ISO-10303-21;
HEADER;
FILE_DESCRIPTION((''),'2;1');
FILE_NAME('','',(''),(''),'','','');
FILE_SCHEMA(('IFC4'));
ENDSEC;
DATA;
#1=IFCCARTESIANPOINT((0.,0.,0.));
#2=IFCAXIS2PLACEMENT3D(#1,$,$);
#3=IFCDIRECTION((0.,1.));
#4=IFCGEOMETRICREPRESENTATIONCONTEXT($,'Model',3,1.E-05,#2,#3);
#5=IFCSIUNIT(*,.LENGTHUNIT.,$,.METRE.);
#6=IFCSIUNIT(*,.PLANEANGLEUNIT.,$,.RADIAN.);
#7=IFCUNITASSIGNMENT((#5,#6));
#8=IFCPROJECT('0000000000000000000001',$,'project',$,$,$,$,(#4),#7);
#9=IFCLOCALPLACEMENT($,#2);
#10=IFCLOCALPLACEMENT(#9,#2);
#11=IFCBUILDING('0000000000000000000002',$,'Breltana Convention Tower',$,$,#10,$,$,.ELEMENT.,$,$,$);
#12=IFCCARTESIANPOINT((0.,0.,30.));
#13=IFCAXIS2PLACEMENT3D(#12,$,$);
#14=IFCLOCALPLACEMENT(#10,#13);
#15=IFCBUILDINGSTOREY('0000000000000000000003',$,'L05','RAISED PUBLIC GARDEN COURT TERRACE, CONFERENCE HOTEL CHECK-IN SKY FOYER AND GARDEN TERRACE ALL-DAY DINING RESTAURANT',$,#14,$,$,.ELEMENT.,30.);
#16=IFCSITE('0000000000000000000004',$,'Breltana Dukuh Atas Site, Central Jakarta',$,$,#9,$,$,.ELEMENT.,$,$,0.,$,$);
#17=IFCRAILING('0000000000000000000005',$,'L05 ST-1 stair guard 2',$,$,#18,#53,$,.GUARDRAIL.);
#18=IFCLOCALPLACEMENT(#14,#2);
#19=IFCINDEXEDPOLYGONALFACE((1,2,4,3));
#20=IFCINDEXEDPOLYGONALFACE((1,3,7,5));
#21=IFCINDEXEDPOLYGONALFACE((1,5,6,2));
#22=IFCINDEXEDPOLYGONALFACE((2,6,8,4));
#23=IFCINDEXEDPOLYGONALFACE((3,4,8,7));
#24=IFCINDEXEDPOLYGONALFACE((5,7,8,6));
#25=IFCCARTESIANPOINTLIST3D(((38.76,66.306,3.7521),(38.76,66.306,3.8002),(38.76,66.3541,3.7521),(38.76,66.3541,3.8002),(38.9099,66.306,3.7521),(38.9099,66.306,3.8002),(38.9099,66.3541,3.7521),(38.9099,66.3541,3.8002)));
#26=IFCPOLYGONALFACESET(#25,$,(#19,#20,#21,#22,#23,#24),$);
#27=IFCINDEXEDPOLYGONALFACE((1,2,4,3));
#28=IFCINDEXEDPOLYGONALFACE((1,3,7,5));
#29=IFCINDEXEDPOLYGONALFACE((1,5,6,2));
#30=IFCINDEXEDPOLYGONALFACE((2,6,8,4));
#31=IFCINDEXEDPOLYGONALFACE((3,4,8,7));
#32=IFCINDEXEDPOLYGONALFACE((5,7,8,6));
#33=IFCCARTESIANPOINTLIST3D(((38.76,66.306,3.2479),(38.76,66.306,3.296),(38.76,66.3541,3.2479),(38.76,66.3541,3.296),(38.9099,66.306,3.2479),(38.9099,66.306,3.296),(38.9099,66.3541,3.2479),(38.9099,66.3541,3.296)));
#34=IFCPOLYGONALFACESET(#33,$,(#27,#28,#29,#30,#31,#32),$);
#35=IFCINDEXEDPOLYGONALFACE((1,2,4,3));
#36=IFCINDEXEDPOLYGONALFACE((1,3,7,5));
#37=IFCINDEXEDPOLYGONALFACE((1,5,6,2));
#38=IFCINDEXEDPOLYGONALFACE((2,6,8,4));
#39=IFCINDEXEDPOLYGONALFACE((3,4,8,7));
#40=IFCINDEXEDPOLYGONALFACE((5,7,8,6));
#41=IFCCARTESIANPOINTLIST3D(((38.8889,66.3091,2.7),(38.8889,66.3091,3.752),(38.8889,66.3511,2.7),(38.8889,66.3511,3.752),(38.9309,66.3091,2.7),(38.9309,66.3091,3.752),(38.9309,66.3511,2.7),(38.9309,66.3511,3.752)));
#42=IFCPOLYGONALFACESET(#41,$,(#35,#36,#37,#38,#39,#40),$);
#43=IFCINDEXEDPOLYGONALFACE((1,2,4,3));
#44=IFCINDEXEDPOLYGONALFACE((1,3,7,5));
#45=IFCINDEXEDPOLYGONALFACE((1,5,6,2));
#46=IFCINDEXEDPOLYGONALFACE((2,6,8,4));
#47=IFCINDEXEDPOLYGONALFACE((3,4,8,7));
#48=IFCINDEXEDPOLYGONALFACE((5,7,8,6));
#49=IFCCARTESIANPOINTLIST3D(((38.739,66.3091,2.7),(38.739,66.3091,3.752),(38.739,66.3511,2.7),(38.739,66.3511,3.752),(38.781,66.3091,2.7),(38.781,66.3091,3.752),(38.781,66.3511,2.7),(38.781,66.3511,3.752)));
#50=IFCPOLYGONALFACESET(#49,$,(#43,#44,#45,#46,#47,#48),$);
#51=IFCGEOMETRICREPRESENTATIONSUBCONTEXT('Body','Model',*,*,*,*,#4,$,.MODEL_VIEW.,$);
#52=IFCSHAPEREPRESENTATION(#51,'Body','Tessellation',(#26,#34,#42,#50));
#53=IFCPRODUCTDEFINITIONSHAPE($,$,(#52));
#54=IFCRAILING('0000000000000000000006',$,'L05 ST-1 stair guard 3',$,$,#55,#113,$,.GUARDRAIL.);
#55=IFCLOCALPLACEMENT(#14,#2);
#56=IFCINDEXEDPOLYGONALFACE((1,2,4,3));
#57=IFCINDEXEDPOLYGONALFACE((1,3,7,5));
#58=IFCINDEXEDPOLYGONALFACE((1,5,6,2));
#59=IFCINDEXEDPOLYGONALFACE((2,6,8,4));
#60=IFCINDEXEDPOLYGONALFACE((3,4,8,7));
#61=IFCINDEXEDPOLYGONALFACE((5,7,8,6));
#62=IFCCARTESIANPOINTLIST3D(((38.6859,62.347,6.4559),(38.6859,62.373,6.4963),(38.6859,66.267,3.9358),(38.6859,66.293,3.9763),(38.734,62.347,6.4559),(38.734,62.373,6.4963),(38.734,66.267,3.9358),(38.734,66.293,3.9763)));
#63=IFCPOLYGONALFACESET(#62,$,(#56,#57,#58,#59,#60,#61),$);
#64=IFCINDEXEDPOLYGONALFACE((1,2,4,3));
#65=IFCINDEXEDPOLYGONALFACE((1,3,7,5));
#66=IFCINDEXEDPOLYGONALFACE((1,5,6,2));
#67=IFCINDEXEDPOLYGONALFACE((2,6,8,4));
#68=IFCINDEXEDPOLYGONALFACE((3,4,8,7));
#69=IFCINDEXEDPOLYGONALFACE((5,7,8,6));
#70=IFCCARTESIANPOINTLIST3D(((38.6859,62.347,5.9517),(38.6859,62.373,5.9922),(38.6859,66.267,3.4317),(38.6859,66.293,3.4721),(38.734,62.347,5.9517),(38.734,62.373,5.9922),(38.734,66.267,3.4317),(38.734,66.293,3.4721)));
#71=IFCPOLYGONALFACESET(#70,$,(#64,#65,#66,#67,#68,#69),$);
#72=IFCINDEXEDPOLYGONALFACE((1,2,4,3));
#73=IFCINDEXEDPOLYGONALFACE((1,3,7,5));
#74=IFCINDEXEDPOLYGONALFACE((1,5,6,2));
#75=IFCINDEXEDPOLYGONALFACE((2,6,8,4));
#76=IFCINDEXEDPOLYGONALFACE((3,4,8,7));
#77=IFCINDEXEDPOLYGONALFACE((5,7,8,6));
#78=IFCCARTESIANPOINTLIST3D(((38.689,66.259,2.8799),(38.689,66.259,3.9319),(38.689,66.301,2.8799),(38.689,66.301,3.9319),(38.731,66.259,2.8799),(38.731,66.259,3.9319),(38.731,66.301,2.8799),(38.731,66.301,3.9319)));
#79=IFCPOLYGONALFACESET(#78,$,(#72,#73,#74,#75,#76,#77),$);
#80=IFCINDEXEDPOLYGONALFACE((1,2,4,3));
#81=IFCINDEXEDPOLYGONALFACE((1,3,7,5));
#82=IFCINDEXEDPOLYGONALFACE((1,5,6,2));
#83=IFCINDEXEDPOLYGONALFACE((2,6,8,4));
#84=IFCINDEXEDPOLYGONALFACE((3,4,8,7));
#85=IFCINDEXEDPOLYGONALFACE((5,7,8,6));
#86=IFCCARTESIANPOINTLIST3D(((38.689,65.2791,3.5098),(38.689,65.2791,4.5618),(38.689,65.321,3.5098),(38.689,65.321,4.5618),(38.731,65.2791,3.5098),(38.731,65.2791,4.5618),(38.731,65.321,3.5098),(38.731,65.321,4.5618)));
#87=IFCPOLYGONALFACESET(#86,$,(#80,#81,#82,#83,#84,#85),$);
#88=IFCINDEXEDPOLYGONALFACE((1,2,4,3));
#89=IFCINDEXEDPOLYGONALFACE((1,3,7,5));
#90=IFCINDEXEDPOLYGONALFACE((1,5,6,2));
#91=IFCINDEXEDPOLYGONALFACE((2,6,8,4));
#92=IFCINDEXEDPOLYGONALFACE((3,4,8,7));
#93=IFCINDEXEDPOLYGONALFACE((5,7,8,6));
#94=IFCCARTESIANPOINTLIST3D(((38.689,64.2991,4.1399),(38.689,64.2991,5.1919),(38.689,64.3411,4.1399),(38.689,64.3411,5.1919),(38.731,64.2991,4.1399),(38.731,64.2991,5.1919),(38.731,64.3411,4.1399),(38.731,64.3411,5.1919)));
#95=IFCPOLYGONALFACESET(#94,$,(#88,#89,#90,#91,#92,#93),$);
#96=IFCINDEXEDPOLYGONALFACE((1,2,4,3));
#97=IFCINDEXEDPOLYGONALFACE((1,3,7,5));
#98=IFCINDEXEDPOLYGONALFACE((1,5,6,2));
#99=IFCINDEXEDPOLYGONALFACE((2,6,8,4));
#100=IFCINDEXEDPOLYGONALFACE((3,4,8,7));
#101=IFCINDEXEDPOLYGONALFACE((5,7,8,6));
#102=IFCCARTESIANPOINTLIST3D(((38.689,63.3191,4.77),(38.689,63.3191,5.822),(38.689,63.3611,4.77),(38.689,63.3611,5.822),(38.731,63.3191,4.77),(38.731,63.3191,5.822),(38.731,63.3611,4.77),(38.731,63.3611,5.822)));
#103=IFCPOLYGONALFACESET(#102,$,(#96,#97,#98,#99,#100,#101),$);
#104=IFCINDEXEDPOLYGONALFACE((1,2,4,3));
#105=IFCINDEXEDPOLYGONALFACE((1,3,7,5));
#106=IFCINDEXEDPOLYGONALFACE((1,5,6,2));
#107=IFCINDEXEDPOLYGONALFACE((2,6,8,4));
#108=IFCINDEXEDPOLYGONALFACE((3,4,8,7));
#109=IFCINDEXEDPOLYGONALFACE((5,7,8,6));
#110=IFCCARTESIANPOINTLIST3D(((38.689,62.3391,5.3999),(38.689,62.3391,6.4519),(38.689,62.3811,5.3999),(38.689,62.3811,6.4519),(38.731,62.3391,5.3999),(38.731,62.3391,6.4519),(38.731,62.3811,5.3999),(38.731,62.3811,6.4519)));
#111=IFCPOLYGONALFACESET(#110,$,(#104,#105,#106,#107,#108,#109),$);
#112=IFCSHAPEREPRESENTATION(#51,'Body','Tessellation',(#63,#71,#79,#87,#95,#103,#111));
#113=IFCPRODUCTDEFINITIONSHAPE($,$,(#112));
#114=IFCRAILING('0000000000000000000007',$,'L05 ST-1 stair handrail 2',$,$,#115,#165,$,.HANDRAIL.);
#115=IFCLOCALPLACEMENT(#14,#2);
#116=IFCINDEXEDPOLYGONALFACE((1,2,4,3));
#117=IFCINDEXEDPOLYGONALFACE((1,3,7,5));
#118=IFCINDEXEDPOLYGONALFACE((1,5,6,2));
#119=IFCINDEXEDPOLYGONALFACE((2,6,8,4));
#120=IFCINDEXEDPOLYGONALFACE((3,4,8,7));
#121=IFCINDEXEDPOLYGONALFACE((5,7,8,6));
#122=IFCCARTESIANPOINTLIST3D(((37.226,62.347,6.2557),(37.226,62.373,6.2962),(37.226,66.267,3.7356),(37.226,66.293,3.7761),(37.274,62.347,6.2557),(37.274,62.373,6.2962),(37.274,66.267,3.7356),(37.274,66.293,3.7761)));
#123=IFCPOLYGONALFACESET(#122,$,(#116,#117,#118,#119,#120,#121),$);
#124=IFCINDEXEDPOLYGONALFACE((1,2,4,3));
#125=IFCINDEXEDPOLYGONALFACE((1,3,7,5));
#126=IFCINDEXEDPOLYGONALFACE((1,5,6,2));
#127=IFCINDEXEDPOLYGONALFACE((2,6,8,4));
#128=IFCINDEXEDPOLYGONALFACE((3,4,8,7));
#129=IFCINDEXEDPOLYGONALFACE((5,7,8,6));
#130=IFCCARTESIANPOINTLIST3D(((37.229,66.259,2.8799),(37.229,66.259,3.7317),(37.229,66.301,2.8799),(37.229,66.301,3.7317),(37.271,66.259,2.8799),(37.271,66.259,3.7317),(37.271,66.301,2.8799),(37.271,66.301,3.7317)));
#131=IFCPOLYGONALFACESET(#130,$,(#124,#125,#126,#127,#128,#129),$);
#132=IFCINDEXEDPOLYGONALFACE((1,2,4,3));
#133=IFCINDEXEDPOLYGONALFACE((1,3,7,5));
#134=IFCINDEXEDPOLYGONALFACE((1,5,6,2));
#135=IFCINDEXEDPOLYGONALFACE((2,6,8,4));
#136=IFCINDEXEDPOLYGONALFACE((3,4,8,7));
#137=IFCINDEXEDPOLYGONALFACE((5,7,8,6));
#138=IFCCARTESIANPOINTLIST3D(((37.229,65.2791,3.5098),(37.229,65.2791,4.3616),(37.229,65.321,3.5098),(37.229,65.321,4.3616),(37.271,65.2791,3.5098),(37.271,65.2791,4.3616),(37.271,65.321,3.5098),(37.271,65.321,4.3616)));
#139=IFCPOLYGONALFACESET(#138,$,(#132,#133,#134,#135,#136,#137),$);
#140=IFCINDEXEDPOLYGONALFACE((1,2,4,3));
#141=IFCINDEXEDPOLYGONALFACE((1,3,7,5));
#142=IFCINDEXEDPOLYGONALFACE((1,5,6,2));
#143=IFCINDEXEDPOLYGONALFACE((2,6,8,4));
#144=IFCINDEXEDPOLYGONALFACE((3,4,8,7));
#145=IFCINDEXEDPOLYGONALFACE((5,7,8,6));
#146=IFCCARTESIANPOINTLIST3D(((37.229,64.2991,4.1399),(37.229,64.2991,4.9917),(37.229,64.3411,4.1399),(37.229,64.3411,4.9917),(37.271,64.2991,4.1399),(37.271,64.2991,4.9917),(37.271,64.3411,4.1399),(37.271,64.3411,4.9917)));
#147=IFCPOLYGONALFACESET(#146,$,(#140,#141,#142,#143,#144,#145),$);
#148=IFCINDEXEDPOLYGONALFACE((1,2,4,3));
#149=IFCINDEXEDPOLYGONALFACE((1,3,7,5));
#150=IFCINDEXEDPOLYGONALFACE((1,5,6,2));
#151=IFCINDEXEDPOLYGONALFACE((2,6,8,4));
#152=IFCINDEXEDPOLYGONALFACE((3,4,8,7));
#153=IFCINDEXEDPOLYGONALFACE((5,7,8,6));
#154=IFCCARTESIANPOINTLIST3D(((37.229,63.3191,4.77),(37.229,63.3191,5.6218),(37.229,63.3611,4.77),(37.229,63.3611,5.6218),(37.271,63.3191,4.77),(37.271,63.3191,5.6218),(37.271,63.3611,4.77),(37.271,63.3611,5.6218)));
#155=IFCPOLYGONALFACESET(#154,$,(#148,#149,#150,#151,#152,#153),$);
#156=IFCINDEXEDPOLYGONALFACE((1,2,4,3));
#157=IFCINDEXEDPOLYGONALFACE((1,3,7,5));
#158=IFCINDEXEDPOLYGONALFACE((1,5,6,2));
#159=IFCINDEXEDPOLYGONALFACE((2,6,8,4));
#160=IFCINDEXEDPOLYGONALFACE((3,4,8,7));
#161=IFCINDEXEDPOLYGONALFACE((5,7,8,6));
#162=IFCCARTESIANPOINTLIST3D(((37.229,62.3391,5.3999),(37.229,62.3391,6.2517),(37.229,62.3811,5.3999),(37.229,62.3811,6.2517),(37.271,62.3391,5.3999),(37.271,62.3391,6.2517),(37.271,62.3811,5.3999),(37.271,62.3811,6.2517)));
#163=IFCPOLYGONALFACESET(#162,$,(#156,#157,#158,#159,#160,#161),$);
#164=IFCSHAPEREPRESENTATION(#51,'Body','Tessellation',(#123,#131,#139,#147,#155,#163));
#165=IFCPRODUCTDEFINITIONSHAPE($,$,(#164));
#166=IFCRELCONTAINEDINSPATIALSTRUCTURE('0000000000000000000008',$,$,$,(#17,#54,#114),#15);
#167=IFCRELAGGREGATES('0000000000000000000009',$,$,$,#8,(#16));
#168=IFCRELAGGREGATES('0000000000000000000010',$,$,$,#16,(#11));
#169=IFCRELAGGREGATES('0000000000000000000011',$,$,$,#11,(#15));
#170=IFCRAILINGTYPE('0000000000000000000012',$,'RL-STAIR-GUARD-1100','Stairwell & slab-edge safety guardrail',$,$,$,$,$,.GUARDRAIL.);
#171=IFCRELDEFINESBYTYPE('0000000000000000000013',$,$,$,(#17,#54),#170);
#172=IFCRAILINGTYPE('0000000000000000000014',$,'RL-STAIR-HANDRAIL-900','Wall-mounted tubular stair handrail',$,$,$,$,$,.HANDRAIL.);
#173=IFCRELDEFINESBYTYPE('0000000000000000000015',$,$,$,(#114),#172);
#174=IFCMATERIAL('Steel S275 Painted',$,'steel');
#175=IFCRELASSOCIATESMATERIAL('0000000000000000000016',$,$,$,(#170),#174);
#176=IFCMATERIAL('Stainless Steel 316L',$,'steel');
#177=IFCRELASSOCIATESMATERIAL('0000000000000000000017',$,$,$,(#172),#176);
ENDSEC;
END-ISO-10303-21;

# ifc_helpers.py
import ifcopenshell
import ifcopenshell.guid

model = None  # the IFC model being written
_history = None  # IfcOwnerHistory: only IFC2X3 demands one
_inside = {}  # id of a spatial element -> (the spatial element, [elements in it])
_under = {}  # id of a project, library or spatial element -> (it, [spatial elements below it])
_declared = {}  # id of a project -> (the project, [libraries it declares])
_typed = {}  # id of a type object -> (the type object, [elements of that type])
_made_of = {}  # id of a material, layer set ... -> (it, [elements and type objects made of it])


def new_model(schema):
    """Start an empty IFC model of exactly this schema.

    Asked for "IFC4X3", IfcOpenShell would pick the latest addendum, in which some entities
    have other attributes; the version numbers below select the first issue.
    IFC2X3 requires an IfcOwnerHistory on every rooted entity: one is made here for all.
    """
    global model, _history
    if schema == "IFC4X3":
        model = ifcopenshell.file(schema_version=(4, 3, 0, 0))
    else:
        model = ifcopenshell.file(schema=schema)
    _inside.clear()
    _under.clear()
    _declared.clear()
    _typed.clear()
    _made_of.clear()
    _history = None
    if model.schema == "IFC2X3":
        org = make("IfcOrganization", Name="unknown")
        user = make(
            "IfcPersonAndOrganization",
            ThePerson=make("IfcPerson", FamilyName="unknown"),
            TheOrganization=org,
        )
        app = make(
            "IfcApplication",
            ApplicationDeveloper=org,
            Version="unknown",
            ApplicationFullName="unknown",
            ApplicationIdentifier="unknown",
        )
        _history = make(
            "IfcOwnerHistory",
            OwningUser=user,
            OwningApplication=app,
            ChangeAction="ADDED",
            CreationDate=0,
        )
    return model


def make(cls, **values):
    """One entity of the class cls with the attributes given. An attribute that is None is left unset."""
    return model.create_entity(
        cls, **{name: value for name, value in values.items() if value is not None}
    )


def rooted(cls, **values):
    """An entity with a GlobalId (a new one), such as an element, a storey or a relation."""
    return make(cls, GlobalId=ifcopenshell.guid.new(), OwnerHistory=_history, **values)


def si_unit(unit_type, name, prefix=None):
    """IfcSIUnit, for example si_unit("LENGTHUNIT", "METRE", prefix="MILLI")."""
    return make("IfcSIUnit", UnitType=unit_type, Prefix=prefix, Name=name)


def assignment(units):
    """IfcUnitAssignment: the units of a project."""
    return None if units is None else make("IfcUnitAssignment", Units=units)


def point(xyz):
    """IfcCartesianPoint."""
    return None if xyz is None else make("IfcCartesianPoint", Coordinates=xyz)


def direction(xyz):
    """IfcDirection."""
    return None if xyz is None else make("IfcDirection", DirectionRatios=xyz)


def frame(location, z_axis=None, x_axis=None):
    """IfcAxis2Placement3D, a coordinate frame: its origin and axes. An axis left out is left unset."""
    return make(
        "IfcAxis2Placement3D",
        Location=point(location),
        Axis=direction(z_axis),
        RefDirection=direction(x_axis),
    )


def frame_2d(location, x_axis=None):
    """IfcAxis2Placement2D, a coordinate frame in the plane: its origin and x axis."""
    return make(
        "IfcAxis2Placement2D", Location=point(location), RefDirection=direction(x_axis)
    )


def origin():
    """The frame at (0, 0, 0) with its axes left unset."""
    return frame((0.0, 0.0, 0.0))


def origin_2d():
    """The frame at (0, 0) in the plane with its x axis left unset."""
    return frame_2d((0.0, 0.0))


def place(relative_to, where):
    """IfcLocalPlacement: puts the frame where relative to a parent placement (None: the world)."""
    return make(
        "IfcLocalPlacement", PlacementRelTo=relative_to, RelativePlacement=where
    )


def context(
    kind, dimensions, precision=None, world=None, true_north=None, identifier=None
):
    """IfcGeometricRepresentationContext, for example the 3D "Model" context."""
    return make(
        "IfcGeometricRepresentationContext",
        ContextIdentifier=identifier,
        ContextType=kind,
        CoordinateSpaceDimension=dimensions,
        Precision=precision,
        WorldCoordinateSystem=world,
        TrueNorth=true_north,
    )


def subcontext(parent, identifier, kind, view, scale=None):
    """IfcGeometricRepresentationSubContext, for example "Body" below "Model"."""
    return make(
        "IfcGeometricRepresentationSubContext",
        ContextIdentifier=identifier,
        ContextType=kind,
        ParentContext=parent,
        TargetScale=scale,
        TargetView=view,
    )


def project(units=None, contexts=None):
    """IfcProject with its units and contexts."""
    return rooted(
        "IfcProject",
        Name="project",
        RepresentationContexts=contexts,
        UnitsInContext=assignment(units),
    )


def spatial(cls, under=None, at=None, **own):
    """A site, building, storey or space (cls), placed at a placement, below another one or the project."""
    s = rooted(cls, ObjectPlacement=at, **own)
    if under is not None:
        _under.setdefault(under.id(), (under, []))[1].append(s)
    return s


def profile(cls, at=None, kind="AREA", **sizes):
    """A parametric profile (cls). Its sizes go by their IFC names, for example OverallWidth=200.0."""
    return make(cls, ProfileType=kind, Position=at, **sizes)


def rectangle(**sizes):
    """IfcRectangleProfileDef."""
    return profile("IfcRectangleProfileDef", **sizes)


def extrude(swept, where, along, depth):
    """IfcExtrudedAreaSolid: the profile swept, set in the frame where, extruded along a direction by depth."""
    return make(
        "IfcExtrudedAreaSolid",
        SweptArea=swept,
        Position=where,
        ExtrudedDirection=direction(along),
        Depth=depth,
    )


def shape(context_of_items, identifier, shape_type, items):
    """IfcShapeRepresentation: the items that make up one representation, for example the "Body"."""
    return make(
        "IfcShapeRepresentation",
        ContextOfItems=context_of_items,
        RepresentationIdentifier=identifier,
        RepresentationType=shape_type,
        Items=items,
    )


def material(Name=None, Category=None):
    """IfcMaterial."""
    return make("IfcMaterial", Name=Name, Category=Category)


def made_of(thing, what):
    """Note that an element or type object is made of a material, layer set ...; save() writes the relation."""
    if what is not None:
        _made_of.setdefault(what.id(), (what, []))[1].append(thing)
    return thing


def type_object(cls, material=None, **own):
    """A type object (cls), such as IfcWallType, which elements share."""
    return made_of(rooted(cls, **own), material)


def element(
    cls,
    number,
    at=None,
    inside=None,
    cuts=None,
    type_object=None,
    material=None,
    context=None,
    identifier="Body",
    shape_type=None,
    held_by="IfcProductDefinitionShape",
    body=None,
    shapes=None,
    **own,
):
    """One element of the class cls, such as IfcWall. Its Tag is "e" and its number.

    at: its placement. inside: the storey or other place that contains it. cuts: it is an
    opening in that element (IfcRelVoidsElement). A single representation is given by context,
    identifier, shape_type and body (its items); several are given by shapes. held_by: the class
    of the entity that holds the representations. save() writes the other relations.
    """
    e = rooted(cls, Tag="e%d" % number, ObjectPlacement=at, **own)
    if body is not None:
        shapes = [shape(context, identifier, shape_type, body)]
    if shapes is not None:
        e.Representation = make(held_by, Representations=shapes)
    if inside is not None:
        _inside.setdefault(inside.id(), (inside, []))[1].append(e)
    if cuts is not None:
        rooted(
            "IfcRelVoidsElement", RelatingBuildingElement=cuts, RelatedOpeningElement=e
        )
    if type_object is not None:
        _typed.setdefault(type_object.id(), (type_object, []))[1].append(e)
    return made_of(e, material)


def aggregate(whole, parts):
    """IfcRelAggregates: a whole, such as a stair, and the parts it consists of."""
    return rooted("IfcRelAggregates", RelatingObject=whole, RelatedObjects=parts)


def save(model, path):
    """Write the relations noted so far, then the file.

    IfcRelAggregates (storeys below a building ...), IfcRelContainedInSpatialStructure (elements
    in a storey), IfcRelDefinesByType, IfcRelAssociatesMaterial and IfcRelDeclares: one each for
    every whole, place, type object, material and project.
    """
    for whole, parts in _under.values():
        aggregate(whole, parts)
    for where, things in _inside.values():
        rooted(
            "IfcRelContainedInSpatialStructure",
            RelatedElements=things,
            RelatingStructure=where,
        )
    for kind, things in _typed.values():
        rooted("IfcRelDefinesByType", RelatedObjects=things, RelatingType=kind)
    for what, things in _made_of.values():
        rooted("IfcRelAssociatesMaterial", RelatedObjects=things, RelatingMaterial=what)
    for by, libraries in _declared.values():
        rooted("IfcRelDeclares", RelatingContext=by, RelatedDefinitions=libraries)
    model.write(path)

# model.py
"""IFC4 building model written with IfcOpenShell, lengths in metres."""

from ifc_helpers import new_model, si_unit, direction, frame, origin, origin_2d, place, context, subcontext, project, spatial, rectangle, extrude, material, type_object, element, save


model = new_model("IFC4")

# Units and contexts
model_context = context("Model", 3, precision=1e-05, world=origin(), true_north=direction((0.0, 1.0)))
body_context = subcontext(model_context, "Body", "Model", "MODEL_VIEW")
ifc_project = project(units=[si_unit("LENGTHUNIT", "METRE"), si_unit("PLANEANGLEUNIT", "RADIAN")], contexts=[model_context])

# Site, building, storey
site_placement = place(None, origin())
site = spatial("IfcSite", under=ifc_project, at=site_placement, Name="Breltana Dukuh Atas Site, Central Jakarta", CompositionType="ELEMENT", RefElevation=0.0)
building_placement = place(site_placement, origin())
building = spatial("IfcBuilding", under=site, at=building_placement, Name="Breltana Convention Tower", CompositionType="ELEMENT")
storey_placement = place(building_placement, frame((0.0, 0.0, 30.0)))
storey = spatial("IfcBuildingStorey", under=building, at=storey_placement, Name="L05", Description="RAISED PUBLIC GARDEN COURT TERRACE, CONFERENCE HOTEL CHECK-IN SKY FOYER AND GARDEN TERRACE ALL-DAY DINING RESTAURANT", CompositionType="ELEMENT", Elevation=30.0)

# Railings
ifc_material_1 = material(Name="Stainless Steel 316L", Category="steel")
ifc_material_2 = material(Name="Steel S275 Painted", Category="steel")
railing_type_1 = type_object("IfcRailingType", Name="RL-STAIR-GUARD-1100", Description="Stairwell & slab-edge safety guardrail", PredefinedType="GUARDRAIL", material=ifc_material_2)
railing_1_placement = place(storey_placement, frame((38.9099, 66.3301, 2.7)))
element("IfcRailing", 1, at=railing_1_placement, inside=storey, type_object=railing_type_1, Name="L05 ST-1 stair guard 2", PredefinedType="GUARDRAIL", context=body_context, shape_type="SweptSolid", body=[
    extrude(rectangle(XDim=0.0481, YDim=0.0481, at=origin_2d()), frame((0.0, 0.0, 1.0762), z_axis=(-1.0, 0.0, 0.0), x_axis=(0.0, -1.0, 0.0)), (0.0, 0.0, 1.0), 0.1499),
    extrude(rectangle(XDim=0.0481, YDim=0.0481, at=origin_2d()), frame((0.0, 0.0, 0.572), z_axis=(-1.0, 0.0, 0.0), x_axis=(0.0, -1.0, 0.0)), (0.0, 0.0, 1.0), 0.1499),
    extrude(rectangle(XDim=0.042, YDim=0.042, at=origin_2d()), origin(), (0.0, 0.0, 1.0), 1.052),
    extrude(rectangle(XDim=0.042, YDim=0.042, at=origin_2d()), frame((-0.1499, 0.0, 0.0)), (0.0, 0.0, 1.0), 1.052),
])
railing_2_placement = place(storey_placement, frame((38.71, 66.28, 2.8799)))
element("IfcRailing", 2, at=railing_2_placement, inside=storey, type_object=railing_type_1, Name="L05 ST-1 stair guard 3", PredefinedType="GUARDRAIL", context=body_context, shape_type="SweptSolid", body=[
    extrude(rectangle(XDim=0.0481, YDim=0.0481, at=origin_2d()), frame((0.0, 0.0, 1.0762), z_axis=(0.0, -0.841172, 0.540768), x_axis=(1.0, 0.0, 0.0)), (0.0, 0.0, 1.0), 4.6602),
    extrude(rectangle(XDim=0.0481, YDim=0.0481, at=origin_2d()), frame((0.0, 0.0, 0.572), z_axis=(0.0, -0.841172, 0.540768), x_axis=(1.0, 0.0, 0.0)), (0.0, 0.0, 1.0), 4.6602),
    extrude(rectangle(XDim=0.042, YDim=0.042, at=origin_2d()), origin(), (0.0, 0.0, 1.0), 1.052),
    extrude(rectangle(XDim=0.042, YDim=0.042, at=origin_2d()), frame((0.0, -0.98, 0.6299)), (0.0, 0.0, 1.0), 1.052),
    extrude(rectangle(XDim=0.042, YDim=0.042, at=origin_2d()), frame((0.0, -1.96, 1.26)), (0.0, 0.0, 1.0), 1.052),
    extrude(rectangle(XDim=0.042, YDim=0.042, at=origin_2d()), frame((0.0, -2.9399, 1.8901)), (0.0, 0.0, 1.0), 1.052),
    extrude(rectangle(XDim=0.042, YDim=0.042, at=origin_2d()), frame((0.0, -3.9199, 2.52)), (0.0, 0.0, 1.0), 1.052),
])
railing_type_2 = type_object("IfcRailingType", Name="RL-STAIR-HANDRAIL-900", Description="Wall-mounted tubular stair handrail", PredefinedType="HANDRAIL", material=ifc_material_1)
railing_3_placement = place(storey_placement, frame((37.25, 66.28, 2.8799)))
element("IfcRailing", 3, at=railing_3_placement, inside=storey, type_object=railing_type_2, Name="L05 ST-1 stair handrail 2", PredefinedType="HANDRAIL", context=body_context, shape_type="SweptSolid", body=[
    extrude(rectangle(XDim=0.0481, YDim=0.0481, at=origin_2d()), frame((0.0, 0.0, 0.876), z_axis=(0.0, -0.841172, 0.540768), x_axis=(1.0, 0.0, 0.0)), (0.0, 0.0, 1.0), 4.6602),
    extrude(rectangle(XDim=0.042, YDim=0.042, at=origin_2d()), origin(), (0.0, 0.0, 1.0), 0.8518),
    extrude(rectangle(XDim=0.042, YDim=0.042, at=origin_2d()), frame((0.0, -0.98, 0.6299)), (0.0, 0.0, 1.0), 0.8518),
    extrude(rectangle(XDim=0.042, YDim=0.042, at=origin_2d()), frame((0.0, -1.96, 1.26)), (0.0, 0.0, 1.0), 0.8518),
    extrude(rectangle(XDim=0.042, YDim=0.042, at=origin_2d()), frame((0.0, -2.9399, 1.8901)), (0.0, 0.0, 1.0), 0.8518),
    extrude(rectangle(XDim=0.042, YDim=0.042, at=origin_2d()), frame((0.0, -3.9199, 2.52)), (0.0, 0.0, 1.0), 0.8518),
])

save(model, "model.ifc")
